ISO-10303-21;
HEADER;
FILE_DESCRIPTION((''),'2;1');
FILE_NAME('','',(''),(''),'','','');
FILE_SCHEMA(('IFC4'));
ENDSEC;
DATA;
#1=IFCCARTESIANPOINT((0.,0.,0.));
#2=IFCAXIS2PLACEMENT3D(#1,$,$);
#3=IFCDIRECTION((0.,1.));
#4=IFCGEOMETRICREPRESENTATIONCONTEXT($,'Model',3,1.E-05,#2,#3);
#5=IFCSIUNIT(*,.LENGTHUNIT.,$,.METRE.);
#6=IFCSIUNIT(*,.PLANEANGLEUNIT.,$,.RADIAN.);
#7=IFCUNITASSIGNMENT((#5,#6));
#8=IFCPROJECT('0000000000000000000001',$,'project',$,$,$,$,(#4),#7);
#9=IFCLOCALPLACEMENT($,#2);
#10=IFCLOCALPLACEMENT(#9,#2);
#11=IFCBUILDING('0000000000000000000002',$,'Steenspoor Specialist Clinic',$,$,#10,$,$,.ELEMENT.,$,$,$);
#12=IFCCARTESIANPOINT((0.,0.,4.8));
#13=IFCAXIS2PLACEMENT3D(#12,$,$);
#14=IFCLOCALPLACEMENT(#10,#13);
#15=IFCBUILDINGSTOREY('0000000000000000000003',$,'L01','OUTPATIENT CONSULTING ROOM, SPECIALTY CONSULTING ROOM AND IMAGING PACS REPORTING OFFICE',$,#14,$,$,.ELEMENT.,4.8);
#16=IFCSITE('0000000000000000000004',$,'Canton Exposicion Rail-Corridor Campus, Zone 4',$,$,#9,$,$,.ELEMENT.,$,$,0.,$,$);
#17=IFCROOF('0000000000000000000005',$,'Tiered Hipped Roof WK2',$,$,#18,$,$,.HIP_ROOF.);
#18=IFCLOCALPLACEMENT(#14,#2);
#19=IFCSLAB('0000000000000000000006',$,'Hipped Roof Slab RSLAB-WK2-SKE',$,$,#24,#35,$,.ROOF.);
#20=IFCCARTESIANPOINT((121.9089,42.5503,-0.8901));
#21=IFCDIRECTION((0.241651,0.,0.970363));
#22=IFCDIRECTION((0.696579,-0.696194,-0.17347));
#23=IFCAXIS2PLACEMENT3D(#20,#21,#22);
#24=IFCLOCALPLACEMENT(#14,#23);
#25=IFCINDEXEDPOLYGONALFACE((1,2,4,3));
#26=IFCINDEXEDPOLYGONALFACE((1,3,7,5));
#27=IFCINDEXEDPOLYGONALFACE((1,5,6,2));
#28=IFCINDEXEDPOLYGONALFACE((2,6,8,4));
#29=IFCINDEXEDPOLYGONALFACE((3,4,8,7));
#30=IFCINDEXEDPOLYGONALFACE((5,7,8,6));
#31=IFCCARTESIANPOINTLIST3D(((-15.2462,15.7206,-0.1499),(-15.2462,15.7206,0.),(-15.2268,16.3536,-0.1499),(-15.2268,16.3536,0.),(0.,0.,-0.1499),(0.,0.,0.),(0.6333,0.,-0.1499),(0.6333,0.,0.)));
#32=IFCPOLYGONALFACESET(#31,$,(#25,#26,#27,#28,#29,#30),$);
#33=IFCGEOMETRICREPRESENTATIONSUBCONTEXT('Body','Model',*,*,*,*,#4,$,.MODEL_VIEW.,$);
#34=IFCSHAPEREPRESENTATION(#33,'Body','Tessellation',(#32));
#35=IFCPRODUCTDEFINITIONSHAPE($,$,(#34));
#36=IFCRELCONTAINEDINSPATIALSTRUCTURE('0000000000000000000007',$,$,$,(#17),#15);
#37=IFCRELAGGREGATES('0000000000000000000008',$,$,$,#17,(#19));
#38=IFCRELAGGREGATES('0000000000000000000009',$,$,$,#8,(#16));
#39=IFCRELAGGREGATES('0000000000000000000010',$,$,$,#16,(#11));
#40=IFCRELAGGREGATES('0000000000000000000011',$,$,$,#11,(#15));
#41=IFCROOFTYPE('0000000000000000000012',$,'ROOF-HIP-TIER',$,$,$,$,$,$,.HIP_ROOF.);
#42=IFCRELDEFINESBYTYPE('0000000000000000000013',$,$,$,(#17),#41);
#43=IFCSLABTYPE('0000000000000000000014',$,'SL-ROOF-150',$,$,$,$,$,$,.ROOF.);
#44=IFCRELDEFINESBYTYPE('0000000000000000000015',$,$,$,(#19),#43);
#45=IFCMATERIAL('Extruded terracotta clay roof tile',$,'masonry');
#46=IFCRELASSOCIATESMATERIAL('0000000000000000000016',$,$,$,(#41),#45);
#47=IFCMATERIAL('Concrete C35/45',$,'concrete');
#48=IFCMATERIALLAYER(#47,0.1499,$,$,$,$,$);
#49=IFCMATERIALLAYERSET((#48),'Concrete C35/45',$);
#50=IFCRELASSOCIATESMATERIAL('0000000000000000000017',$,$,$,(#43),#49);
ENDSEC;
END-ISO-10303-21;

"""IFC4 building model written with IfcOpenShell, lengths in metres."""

from ifc_helpers import new_model, si_unit, direction, frame, origin, place, context, subcontext, project, spatial, polyline, outline, extrude, material, layer, layer_set, type_object, element, aggregate, save


model = new_model("IFC4")

# Units and contexts
model_context = context("Model", 3, precision=1e-05, world=origin(), true_north=direction((0.0, 1.0)))
body_context = subcontext(model_context, "Body", "Model", "MODEL_VIEW")
ifc_project = project(units=[si_unit("LENGTHUNIT", "METRE"), si_unit("PLANEANGLEUNIT", "RADIAN")], contexts=[model_context])

# Site, building, storey
site_placement = place(None, origin())
site = spatial("IfcSite", under=ifc_project, at=site_placement, Name="Canton Exposicion Rail-Corridor Campus, Zone 4", CompositionType="ELEMENT", RefElevation=0.0)
building_placement = place(site_placement, origin())
building = spatial("IfcBuilding", under=site, at=building_placement, Name="Steenspoor Specialist Clinic", CompositionType="ELEMENT")
storey_placement = place(building_placement, frame((0.0, 0.0, 4.8)))
storey = spatial("IfcBuildingStorey", under=building, at=storey_placement, Name="L01", Description="OUTPATIENT CONSULTING ROOM, SPECIALTY CONSULTING ROOM AND IMAGING PACS REPORTING OFFICE", CompositionType="ELEMENT", Elevation=4.8)

# Roof, slab
ifc_material_1 = material(Name="Extruded terracotta clay roof tile", Category="masonry")
roof_type = type_object("IfcRoofType", Name="ROOF-HIP-TIER", PredefinedType="HIP_ROOF", material=ifc_material_1)
roof_placement = place(storey_placement, origin())
roof = element("IfcRoof", 1, at=roof_placement, inside=storey, type_object=roof_type, Name="Tiered Hipped Roof WK2", PredefinedType="HIP_ROOF")
ifc_material_2 = material(Name="Concrete C35/45", Category="concrete")
ifc_layer_1 = layer(ifc_material_2, 0.1499)
ifc_layer_set_1 = layer_set([ifc_layer_1], Name="Concrete C35/45")
slab_type = type_object("IfcSlabType", Name="SL-ROOF-150", PredefinedType="ROOF", material=ifc_layer_set_1)
slab_1_placement = place(storey_placement, frame((121.9089, 42.5503, -0.8901), z_axis=(0.241651, 0.0, 0.970363), x_axis=(0.696579, -0.696194, -0.17347)))
slab_1 = element("IfcSlab", 2, at=slab_1_placement, type_object=slab_type, Name="Hipped Roof Slab RSLAB-WK2-SKE", PredefinedType="ROOF", context=body_context, shape_type="SweptSolid", body=[
    extrude(outline(polyline([(0.0, 0.0), (0.6333, 0.0), (-15.2268, 16.3536), (-15.2462, 15.7206), (0.0, 0.0)])), origin(), (0.0, 0.0, -1.0), 0.1499),
])
aggregate(roof, [slab_1])

save(model, "model.ifc")
